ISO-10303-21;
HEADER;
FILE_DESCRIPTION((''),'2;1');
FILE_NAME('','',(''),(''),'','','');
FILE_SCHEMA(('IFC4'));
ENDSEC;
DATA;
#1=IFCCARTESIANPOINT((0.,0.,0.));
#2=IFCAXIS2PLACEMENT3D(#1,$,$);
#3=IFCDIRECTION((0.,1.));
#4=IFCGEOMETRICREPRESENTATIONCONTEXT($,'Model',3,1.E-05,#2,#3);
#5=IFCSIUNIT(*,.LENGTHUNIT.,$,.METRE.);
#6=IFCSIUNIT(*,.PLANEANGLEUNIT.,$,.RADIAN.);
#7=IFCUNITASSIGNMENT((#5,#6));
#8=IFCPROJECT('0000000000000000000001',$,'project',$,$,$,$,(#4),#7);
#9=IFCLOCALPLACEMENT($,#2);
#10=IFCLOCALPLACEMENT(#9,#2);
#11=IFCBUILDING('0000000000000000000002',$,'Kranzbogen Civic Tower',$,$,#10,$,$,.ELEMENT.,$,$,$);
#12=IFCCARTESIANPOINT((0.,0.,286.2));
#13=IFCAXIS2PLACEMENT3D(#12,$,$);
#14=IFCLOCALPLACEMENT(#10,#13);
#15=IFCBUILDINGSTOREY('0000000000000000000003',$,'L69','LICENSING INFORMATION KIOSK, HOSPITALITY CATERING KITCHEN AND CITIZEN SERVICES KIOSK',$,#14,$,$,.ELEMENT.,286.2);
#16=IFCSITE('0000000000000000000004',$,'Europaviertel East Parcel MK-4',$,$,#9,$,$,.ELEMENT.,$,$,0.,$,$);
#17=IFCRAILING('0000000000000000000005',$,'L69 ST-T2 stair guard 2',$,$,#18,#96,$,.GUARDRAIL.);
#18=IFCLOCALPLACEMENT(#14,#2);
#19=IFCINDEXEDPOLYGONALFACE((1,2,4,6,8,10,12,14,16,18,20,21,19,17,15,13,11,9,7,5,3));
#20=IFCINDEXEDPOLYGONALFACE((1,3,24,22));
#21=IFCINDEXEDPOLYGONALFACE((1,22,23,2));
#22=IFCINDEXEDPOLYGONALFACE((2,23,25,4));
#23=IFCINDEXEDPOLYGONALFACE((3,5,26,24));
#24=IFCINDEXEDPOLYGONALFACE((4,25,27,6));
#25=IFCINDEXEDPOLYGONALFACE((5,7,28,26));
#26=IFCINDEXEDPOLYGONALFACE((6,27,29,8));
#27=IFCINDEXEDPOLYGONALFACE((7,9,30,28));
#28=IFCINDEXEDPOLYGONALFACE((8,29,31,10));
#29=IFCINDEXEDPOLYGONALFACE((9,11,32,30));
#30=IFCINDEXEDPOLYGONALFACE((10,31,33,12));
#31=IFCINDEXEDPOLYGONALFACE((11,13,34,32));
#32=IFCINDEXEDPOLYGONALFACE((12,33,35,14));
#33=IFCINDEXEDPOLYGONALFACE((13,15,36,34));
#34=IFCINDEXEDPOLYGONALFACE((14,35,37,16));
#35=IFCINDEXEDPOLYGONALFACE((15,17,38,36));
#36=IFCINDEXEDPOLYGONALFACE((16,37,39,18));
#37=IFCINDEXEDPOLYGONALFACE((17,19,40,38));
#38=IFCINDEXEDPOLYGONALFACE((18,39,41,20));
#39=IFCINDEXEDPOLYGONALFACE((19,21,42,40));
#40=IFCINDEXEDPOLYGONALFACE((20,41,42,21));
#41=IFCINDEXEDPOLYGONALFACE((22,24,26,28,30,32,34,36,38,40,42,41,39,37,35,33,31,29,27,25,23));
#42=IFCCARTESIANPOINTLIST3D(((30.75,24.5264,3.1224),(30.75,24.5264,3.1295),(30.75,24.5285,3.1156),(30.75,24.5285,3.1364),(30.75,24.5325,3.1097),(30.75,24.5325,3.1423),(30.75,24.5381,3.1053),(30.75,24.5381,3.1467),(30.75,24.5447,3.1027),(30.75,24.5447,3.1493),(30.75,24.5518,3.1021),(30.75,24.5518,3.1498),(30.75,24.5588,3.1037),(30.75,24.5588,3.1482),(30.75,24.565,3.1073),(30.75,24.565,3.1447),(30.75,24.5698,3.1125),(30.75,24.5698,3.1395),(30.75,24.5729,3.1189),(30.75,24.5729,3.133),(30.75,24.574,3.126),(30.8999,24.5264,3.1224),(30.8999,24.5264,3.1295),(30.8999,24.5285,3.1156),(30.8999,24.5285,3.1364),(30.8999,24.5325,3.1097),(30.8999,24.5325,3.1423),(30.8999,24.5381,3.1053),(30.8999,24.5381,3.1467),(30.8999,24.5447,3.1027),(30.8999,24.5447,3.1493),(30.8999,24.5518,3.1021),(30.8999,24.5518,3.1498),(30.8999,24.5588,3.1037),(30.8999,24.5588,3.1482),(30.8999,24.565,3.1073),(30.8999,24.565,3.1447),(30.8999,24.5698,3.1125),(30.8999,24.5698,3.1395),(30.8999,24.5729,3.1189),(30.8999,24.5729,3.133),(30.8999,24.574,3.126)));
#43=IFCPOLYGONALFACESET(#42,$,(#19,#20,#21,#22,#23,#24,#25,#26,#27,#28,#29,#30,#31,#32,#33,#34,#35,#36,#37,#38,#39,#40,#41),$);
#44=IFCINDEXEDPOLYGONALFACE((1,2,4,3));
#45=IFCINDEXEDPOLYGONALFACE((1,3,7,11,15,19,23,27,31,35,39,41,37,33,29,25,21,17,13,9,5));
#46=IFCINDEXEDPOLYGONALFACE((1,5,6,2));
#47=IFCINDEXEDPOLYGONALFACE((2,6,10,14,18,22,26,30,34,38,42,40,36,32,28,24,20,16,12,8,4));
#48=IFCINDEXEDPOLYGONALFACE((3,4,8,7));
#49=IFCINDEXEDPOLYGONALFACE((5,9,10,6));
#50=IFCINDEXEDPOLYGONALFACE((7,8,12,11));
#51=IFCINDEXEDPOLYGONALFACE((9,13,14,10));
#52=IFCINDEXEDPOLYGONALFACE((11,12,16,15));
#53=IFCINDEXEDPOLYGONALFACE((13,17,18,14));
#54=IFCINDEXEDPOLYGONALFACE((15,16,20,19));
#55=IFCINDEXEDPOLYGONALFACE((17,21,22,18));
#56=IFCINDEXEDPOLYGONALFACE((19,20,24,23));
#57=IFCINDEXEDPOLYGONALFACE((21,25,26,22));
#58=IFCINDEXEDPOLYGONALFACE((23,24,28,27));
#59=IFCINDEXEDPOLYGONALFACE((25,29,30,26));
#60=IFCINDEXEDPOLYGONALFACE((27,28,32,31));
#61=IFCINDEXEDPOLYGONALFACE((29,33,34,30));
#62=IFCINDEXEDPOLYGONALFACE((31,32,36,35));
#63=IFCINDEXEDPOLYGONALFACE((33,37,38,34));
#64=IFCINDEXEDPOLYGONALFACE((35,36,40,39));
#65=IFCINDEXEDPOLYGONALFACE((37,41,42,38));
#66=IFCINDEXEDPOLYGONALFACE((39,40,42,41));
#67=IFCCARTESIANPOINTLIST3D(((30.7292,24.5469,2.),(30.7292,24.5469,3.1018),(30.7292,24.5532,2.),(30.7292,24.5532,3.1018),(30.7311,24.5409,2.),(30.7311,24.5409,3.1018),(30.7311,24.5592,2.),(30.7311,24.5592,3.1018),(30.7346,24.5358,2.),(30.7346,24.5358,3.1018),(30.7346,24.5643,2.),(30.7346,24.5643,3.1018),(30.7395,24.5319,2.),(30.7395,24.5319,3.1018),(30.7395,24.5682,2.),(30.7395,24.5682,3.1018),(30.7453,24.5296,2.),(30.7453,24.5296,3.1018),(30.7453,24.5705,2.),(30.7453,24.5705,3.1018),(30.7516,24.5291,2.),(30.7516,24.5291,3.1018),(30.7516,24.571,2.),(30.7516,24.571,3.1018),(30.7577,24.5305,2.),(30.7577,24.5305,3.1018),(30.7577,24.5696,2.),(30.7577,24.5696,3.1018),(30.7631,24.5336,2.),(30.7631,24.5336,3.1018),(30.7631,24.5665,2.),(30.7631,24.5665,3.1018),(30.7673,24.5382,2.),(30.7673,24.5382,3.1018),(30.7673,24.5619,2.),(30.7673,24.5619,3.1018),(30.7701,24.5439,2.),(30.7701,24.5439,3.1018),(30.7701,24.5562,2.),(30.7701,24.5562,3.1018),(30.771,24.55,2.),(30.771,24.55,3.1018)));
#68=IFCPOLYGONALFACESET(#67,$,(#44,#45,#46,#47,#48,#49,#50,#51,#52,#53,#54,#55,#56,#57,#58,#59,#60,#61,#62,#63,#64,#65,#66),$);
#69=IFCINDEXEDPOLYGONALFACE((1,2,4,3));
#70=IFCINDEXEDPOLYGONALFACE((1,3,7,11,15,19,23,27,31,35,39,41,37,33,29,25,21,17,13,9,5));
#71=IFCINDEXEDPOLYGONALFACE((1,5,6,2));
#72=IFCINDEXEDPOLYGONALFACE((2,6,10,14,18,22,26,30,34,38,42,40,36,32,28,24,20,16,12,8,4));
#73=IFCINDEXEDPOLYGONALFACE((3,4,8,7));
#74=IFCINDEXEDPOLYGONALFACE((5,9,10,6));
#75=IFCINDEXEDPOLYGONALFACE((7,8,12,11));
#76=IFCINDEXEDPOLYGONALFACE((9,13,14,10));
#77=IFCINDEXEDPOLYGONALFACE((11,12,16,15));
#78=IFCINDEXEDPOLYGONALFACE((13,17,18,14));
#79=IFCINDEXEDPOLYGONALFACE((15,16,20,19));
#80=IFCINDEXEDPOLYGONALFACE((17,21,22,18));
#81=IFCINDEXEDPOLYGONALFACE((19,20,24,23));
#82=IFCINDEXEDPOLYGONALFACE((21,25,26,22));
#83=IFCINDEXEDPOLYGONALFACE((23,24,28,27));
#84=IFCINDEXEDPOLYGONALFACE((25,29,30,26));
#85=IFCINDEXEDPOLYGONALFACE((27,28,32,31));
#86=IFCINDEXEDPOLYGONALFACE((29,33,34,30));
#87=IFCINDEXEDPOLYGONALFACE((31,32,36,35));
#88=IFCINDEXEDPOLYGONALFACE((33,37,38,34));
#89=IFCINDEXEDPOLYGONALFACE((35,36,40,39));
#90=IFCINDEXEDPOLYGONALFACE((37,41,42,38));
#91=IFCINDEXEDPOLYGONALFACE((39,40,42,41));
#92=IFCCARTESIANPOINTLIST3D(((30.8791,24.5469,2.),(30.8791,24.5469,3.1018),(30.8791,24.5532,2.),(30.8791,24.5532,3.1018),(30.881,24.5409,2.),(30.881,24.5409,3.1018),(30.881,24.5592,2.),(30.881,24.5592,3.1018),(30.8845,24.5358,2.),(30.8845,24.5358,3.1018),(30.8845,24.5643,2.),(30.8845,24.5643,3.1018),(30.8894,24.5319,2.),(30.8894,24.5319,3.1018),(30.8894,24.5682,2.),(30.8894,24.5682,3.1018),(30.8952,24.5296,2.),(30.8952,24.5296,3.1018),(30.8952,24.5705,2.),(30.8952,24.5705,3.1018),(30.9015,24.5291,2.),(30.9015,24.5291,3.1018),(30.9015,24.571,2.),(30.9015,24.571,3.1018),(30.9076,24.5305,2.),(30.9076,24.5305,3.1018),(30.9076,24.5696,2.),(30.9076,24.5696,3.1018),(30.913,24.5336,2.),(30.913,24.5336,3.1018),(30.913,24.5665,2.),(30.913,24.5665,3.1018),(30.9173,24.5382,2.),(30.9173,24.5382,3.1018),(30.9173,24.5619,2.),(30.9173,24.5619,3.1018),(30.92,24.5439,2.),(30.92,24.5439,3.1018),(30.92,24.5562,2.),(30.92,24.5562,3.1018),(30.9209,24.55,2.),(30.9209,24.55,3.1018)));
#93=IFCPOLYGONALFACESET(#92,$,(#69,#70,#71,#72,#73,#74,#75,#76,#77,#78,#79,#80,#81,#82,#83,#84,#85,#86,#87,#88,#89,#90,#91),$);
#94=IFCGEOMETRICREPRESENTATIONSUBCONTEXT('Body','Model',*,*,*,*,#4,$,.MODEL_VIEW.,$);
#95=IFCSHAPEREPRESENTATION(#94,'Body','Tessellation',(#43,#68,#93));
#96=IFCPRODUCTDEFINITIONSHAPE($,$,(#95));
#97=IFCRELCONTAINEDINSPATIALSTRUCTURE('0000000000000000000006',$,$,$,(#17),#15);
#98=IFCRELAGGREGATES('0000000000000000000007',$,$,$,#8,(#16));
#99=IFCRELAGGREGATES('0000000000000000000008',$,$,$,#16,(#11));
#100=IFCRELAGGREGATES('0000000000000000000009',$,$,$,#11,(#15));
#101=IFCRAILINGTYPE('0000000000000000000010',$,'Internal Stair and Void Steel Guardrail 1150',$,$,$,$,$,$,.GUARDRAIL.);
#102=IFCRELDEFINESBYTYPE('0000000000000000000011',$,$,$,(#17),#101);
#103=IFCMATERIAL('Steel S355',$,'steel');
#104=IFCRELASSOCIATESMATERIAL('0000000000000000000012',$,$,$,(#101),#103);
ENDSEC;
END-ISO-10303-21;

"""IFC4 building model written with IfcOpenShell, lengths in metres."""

from ifc_helpers import new_model, si_unit, direction, frame, origin, origin_2d, place, context, subcontext, project, spatial, circle, extrude, material, type_object, element, save


model = new_model("IFC4")

# Units and contexts
model_context = context("Model", 3, precision=1e-05, world=origin(), true_north=direction((0.0, 1.0)))
body_context = subcontext(model_context, "Body", "Model", "MODEL_VIEW")
ifc_project = project(units=[si_unit("LENGTHUNIT", "METRE"), si_unit("PLANEANGLEUNIT", "RADIAN")], contexts=[model_context])

# Site, building, storey
site_placement = place(None, origin())
site = spatial("IfcSite", under=ifc_project, at=site_placement, Name="Europaviertel East Parcel MK-4", CompositionType="ELEMENT", RefElevation=0.0)
building_placement = place(site_placement, origin())
building = spatial("IfcBuilding", under=site, at=building_placement, Name="Kranzbogen Civic Tower", CompositionType="ELEMENT")
storey_placement = place(building_placement, frame((0.0, 0.0, 286.2)))
storey = spatial("IfcBuildingStorey", under=building, at=storey_placement, Name="L69", Description="LICENSING INFORMATION KIOSK, HOSPITALITY CATERING KITCHEN AND CITIZEN SERVICES KIOSK", CompositionType="ELEMENT", Elevation=286.2)

# Shared definitions
ifc_material_1 = material(Name="Steel S355", Category="steel")

# Railing
railing_type_1 = type_object("IfcRailingType", Name="Internal Stair and Void Steel Guardrail 1150", PredefinedType="GUARDRAIL", material=ifc_material_1)
railing_1_placement = place(storey_placement, frame((30.75, 24.55, 2.0)))
element("IfcRailing", 1, at=railing_1_placement, inside=storey, type_object=railing_type_1, Name="L69 ST-T2 stair guard 2", PredefinedType="GUARDRAIL", context=body_context, shape_type="SweptSolid", body=[
    extrude(circle(Radius=0.0239, at=origin_2d()), frame((0.0, 0.0, 1.126), z_axis=(1.0, 0.0, 0.0), x_axis=(0.0, 1.0, 0.0)), (0.0, 0.0, 1.0), 0.1499),
    extrude(circle(Radius=0.021, at=origin_2d()), origin(), (0.0, 0.0, 1.0), 1.1018),
    extrude(circle(Radius=0.021, at=origin_2d()), frame((0.1499, 0.0, 0.0)), (0.0, 0.0, 1.0), 1.1018),
])

save(model, "model.ifc")
